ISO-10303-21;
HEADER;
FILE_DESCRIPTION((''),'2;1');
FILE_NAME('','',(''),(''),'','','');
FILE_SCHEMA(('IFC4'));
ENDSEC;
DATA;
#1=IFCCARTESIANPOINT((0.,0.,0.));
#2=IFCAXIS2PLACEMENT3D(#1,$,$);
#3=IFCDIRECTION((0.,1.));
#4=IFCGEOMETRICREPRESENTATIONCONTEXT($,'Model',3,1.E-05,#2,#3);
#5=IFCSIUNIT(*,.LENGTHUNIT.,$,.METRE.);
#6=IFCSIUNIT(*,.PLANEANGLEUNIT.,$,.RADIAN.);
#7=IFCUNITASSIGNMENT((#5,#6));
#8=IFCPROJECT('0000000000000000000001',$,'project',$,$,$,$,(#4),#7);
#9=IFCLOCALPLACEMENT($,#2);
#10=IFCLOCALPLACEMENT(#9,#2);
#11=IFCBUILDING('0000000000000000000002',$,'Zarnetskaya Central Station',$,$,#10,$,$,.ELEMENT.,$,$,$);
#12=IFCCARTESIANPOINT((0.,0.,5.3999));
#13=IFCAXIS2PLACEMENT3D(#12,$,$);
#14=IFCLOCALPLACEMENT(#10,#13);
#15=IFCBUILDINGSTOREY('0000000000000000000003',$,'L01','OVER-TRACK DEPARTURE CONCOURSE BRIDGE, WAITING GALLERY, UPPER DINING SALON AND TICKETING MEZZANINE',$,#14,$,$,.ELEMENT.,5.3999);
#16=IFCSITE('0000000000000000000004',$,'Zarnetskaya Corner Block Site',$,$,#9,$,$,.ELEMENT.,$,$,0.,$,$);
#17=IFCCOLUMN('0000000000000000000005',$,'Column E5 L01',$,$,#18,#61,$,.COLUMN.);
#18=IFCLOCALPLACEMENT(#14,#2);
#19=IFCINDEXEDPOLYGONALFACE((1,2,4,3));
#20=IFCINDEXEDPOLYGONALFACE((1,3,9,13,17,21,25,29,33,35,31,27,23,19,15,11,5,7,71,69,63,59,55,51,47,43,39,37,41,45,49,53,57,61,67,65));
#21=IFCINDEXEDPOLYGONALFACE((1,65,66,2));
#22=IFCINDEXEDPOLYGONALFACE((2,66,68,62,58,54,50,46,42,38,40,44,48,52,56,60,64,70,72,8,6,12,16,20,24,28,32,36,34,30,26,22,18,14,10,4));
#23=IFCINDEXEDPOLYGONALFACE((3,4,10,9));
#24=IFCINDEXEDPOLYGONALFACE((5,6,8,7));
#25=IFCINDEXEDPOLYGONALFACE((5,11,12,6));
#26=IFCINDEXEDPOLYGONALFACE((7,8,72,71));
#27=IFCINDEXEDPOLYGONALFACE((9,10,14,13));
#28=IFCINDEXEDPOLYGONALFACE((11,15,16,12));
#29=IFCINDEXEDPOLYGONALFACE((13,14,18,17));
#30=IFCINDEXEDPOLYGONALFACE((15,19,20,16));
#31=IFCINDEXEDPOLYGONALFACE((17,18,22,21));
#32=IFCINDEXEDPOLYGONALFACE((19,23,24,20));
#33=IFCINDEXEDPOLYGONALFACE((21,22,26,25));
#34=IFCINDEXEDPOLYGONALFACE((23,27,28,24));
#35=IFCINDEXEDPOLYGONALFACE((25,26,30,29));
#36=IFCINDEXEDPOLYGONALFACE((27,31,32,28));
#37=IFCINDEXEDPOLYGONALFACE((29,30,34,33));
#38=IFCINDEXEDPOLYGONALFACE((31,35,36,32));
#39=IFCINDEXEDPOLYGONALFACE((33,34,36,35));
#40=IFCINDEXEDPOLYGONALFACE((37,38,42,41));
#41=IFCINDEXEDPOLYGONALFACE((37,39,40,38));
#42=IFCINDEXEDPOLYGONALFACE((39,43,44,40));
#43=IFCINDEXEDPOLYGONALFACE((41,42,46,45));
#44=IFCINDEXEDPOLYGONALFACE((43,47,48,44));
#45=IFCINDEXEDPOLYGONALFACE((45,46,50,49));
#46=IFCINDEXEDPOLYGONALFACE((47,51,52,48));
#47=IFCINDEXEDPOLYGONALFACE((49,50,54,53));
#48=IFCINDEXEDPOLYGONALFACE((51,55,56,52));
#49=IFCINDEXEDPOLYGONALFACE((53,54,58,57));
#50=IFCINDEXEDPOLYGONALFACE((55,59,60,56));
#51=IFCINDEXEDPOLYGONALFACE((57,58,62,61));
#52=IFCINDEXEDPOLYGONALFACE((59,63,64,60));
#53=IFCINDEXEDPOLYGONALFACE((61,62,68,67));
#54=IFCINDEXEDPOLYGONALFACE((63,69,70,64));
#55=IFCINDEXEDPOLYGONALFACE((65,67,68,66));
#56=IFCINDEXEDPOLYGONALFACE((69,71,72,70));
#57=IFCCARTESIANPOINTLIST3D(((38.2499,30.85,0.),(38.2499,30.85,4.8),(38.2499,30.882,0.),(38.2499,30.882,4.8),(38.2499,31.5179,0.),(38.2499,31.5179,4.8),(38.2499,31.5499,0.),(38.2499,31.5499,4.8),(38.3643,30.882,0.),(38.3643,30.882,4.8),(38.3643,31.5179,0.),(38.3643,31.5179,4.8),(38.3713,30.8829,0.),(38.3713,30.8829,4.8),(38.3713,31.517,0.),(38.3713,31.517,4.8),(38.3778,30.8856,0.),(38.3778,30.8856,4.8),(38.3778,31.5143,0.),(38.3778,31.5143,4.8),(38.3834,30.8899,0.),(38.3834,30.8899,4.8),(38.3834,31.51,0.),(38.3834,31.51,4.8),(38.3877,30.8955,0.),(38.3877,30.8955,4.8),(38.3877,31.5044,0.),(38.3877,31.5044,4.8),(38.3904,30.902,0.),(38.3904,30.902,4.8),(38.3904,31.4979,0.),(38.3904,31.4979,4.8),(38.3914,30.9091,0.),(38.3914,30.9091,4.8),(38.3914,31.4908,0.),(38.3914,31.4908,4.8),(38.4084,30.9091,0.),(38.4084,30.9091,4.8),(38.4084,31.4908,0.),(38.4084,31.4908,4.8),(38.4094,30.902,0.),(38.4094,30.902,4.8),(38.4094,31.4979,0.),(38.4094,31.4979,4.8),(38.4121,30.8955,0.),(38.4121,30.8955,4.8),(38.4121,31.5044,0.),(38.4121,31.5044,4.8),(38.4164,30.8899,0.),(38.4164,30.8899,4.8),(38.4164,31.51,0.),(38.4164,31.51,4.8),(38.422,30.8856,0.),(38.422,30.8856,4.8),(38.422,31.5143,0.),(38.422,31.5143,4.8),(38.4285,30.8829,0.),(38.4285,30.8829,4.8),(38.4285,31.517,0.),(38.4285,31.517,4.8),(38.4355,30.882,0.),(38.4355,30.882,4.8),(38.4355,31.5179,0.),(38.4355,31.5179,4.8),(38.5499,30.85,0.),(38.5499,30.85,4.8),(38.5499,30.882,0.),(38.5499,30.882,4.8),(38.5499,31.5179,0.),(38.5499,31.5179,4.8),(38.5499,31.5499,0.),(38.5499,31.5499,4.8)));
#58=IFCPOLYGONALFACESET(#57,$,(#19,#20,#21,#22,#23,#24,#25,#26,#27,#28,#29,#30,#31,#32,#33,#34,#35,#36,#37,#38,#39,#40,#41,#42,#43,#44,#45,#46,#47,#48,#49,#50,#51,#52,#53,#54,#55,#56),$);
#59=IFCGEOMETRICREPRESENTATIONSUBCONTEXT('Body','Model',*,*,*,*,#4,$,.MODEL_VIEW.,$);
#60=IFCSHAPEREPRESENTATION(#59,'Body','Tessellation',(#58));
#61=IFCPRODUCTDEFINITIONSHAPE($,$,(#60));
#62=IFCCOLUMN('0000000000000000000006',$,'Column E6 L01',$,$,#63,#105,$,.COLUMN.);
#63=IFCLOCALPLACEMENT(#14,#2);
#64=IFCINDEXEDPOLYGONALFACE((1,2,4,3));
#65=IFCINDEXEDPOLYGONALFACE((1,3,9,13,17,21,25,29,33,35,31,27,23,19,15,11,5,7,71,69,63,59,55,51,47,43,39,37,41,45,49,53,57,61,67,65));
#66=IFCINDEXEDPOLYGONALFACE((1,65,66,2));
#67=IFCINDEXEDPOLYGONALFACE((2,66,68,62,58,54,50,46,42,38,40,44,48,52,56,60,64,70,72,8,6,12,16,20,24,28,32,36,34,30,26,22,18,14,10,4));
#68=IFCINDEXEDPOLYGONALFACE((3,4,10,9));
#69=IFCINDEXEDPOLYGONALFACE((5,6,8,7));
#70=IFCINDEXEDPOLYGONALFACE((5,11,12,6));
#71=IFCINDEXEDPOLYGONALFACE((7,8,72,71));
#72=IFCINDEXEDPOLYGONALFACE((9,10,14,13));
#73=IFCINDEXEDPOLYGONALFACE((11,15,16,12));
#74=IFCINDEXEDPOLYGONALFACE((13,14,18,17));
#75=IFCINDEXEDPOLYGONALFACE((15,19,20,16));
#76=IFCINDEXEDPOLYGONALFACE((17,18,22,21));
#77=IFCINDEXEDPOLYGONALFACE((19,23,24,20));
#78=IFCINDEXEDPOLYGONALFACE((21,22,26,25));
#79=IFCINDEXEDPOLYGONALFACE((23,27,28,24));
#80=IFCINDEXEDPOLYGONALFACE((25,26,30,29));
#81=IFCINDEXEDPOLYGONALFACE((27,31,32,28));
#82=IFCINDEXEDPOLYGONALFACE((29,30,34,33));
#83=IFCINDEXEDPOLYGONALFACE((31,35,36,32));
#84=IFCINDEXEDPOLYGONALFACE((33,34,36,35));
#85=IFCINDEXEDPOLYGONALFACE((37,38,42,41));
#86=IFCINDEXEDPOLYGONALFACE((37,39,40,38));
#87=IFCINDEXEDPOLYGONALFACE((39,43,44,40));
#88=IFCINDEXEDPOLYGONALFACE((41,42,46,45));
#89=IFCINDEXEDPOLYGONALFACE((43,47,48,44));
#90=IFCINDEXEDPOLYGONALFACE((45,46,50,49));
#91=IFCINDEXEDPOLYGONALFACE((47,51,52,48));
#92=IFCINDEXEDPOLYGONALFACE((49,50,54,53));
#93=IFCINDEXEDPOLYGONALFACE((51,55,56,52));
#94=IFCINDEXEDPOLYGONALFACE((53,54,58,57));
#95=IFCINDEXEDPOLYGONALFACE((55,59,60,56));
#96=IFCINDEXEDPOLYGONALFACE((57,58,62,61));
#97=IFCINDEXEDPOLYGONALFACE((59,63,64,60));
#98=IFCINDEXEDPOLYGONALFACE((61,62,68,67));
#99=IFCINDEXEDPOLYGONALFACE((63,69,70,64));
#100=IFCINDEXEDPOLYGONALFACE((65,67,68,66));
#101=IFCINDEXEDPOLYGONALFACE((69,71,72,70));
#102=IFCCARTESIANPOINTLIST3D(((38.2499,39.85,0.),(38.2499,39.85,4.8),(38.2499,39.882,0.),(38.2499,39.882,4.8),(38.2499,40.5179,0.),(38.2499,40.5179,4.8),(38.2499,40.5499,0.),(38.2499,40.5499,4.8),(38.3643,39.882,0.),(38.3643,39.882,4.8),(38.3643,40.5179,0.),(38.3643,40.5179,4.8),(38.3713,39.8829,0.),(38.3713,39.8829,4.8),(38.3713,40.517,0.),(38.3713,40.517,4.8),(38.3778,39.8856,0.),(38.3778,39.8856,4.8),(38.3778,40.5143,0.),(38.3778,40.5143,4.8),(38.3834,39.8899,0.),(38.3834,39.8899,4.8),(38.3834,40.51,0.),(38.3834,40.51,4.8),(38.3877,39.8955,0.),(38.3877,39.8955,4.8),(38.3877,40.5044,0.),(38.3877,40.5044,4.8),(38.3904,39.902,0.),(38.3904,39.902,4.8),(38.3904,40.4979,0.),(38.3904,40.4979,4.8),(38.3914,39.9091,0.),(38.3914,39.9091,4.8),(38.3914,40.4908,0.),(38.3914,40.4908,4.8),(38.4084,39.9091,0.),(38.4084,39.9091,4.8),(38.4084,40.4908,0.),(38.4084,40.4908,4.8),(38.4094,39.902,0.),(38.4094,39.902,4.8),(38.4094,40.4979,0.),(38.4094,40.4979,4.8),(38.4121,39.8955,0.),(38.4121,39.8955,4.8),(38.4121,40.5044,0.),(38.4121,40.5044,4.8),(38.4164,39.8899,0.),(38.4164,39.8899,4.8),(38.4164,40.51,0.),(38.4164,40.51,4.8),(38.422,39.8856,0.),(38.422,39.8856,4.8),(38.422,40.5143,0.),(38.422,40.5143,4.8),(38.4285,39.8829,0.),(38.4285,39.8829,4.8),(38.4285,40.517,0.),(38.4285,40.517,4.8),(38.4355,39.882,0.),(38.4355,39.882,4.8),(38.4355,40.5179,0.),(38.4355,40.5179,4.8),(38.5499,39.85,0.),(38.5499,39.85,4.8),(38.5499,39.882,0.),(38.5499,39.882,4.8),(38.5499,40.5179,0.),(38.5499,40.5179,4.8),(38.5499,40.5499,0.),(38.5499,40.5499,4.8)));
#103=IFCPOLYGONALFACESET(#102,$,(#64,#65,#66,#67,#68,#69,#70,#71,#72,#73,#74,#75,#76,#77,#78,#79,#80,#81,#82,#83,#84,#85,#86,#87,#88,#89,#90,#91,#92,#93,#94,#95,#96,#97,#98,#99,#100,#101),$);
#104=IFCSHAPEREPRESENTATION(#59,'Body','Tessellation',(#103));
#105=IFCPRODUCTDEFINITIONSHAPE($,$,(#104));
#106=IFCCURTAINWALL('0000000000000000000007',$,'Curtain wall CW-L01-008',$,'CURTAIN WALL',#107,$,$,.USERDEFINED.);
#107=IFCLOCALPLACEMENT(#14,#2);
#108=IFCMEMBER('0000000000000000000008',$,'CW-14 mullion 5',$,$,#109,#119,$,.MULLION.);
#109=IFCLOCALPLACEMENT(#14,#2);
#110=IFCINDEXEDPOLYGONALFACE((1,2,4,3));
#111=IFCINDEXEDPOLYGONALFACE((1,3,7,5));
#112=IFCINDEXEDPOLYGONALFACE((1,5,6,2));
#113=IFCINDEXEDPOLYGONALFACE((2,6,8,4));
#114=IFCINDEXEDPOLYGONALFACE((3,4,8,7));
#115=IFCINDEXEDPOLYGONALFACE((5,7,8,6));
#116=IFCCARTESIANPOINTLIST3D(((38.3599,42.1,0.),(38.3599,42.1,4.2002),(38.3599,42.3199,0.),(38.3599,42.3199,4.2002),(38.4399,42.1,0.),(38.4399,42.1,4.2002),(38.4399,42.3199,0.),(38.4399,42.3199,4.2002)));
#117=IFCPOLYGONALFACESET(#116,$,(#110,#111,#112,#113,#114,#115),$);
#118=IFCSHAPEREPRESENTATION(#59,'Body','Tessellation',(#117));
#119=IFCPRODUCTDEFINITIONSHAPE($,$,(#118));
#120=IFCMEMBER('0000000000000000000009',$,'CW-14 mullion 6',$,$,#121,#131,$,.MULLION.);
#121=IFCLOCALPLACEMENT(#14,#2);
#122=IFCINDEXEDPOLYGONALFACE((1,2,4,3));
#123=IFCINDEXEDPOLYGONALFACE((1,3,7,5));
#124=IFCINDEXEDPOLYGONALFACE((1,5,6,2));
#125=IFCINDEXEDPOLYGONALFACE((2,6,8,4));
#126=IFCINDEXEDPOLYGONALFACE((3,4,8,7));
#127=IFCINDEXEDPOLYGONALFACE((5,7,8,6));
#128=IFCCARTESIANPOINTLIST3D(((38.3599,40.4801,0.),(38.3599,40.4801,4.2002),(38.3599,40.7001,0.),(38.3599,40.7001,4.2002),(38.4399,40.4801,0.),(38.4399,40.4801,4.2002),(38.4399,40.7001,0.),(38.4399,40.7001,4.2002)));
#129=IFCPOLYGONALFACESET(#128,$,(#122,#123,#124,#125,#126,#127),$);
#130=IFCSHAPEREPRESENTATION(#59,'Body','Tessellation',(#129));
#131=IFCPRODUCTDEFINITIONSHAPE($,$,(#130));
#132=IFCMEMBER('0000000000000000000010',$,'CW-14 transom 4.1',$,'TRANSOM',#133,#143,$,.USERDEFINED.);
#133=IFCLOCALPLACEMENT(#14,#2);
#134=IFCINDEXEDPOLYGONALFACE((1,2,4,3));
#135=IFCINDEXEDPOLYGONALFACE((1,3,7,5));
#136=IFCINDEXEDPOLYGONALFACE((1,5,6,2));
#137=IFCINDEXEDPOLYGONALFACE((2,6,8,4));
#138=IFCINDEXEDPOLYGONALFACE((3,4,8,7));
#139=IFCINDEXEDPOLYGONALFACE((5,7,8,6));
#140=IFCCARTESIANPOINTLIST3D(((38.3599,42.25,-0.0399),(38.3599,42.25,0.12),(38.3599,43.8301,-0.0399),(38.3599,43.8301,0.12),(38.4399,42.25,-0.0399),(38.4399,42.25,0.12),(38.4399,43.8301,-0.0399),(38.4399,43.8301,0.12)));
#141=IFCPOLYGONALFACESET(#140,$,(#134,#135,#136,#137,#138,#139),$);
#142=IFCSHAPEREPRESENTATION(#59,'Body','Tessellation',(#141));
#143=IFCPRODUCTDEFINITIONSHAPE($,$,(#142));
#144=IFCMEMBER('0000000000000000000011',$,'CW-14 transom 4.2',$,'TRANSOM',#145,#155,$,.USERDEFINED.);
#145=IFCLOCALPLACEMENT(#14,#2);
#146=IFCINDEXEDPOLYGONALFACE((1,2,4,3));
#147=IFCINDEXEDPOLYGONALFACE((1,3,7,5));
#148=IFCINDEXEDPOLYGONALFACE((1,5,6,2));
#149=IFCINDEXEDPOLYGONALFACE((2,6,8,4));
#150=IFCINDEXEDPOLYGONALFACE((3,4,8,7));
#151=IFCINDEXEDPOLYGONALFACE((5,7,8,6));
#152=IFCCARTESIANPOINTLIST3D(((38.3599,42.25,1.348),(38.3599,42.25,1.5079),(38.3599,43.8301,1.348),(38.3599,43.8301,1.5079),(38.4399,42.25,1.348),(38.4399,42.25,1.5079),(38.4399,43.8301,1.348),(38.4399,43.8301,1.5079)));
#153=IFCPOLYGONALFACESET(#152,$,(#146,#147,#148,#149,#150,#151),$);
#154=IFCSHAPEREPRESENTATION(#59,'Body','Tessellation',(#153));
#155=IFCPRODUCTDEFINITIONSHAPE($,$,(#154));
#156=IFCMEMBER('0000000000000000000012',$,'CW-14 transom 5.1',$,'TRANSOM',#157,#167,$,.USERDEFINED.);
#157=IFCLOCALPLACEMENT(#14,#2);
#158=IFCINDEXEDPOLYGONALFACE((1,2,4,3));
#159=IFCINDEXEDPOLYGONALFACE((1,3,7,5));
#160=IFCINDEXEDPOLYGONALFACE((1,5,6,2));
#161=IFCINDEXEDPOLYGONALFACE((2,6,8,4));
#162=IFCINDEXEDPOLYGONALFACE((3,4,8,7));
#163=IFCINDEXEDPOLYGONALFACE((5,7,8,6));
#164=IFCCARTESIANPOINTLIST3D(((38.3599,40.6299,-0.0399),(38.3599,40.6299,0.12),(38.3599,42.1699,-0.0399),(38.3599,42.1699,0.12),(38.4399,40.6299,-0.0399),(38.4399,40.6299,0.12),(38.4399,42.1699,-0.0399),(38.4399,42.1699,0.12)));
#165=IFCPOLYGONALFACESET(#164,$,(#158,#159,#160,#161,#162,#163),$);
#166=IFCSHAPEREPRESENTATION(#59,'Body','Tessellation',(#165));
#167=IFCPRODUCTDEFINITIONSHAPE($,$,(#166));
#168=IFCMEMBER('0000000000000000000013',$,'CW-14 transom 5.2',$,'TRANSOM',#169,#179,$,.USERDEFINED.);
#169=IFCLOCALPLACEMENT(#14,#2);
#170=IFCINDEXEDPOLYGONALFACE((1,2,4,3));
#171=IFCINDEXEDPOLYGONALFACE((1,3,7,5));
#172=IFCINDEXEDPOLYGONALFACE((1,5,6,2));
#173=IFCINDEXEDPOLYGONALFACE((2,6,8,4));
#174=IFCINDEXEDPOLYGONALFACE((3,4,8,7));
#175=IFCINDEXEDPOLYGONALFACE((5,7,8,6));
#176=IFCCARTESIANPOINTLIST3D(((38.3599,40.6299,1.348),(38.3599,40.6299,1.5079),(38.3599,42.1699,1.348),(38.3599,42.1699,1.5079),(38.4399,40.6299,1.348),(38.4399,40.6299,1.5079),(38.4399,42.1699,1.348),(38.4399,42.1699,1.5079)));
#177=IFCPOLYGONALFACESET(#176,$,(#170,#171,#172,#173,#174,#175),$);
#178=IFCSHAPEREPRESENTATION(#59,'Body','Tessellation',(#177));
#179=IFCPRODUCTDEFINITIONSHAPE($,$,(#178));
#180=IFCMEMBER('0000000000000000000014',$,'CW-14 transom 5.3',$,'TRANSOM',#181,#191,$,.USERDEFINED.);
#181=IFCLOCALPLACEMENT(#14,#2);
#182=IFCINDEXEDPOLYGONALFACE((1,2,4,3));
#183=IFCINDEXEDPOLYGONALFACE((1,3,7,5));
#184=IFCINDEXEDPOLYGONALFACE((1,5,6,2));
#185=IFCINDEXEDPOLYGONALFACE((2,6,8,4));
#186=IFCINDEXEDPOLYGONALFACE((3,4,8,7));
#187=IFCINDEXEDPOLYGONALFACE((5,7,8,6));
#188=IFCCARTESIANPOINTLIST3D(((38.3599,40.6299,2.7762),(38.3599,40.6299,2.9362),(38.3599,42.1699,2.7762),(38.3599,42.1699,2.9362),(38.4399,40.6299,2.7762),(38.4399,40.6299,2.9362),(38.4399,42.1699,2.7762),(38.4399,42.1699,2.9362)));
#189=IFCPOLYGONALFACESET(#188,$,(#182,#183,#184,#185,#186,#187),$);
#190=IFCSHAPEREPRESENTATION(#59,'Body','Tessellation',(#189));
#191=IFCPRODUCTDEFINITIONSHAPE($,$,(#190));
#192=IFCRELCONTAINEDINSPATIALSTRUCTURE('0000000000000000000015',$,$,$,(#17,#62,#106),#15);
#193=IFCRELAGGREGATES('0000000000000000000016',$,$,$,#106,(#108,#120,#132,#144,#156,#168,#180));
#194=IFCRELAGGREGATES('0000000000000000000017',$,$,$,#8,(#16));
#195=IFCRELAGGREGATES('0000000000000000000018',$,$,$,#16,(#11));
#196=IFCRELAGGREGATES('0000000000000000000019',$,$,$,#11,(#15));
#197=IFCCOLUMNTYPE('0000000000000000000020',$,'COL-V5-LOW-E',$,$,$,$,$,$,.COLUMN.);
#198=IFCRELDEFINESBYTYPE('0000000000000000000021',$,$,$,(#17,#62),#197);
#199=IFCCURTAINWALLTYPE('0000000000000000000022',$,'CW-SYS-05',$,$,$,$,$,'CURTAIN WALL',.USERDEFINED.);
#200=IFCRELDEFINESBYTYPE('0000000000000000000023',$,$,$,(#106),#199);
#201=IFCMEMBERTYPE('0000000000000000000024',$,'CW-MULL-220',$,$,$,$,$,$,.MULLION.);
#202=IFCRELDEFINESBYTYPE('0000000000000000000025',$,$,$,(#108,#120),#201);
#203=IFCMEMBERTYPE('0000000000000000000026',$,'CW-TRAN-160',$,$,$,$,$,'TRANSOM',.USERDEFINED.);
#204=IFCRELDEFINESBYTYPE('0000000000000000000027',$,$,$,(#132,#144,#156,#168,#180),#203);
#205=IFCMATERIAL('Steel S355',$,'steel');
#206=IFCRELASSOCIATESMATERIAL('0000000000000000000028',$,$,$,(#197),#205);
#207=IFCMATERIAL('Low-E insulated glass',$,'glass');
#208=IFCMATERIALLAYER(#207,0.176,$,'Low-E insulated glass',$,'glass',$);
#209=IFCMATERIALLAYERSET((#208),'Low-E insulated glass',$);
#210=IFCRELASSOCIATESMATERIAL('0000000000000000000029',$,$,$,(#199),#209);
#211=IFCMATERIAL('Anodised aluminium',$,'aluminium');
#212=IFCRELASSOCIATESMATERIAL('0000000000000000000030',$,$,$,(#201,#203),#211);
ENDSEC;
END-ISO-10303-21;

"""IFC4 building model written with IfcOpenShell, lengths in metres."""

from ifc_helpers import new_model, si_unit, direction, frame, origin, origin_2d, place, context, subcontext, project, spatial, rectangle, i_section, extrude, material, layer, layer_set, material_profile, profile_set, type_object, element, aggregate, save


model = new_model("IFC4")

# Units and contexts
model_context = context("Model", 3, precision=1e-05, world=origin(), true_north=direction((0.0, 1.0)))
body_context = subcontext(model_context, "Body", "Model", "MODEL_VIEW")
ifc_project = project(units=[si_unit("LENGTHUNIT", "METRE"), si_unit("PLANEANGLEUNIT", "RADIAN")], contexts=[model_context])

# Site, building, storey
site_placement = place(None, origin())
site = spatial("IfcSite", under=ifc_project, at=site_placement, Name="Zarnetskaya Corner Block Site", CompositionType="ELEMENT", RefElevation=0.0)
building_placement = place(site_placement, origin())
building = spatial("IfcBuilding", under=site, at=building_placement, Name="Zarnetskaya Central Station", CompositionType="ELEMENT")
storey_placement = place(building_placement, frame((0.0, 0.0, 5.3999)))
storey = spatial("IfcBuildingStorey", under=building, at=storey_placement, Name="L01", Description="OVER-TRACK DEPARTURE CONCOURSE BRIDGE, WAITING GALLERY, UPPER DINING SALON AND TICKETING MEZZANINE", CompositionType="ELEMENT", Elevation=5.3999)

# Columns
ifc_material_1 = material(Name="Steel S355", Category="steel")
ifc_material_profile_1 = material_profile(ifc_material_1, i_section(OverallWidth=0.3, OverallDepth=0.7, WebThickness=0.0171, FlangeThickness=0.032, FilletRadius=0.0271, at=origin_2d()), Name="HEB 700")
ifc_profile_set_1 = profile_set([ifc_material_profile_1], Name="Steel S355")
column_type = type_object("IfcColumnType", Name="COL-V5-LOW-E", PredefinedType="COLUMN", material=ifc_profile_set_1)
for number, where, z_axis, x_axis, name in (
    (1, (38.3999, 31.2, 0.0), (0.0, 0.0, 1.0), (1.0, 0.0, 0.0), "Column E5 L01"),
    (2, (38.3999, 40.2, 0.0), (0.0, 0.0, 1.0), (1.0, 0.0, 0.0), "Column E6 L01"),
):
    element("IfcColumn", number, at=place(storey_placement, frame(where, z_axis=z_axis, x_axis=x_axis)), inside=storey, type_object=column_type, Name=name, PredefinedType="COLUMN", context=body_context, shape_type="SweptSolid", body=[
        extrude(i_section(OverallWidth=0.3, OverallDepth=0.7, WebThickness=0.0171, FlangeThickness=0.032, FilletRadius=0.0271, at=origin_2d()), origin(), (0.0, 0.0, 1.0), 4.8),
    ])

# Curtain wall, members
ifc_material_2 = material(Name="Low-E insulated glass", Category="glass")
ifc_layer_1 = layer(ifc_material_2, 0.176, Name="Low-E insulated glass", Category="glass")
ifc_layer_set_1 = layer_set([ifc_layer_1], Name="Low-E insulated glass")
curtain_wall_type = type_object("IfcCurtainWallType", Name="CW-SYS-05", ElementType="CURTAIN WALL", PredefinedType="USERDEFINED", material=ifc_layer_set_1)
curtain_wall_placement = place(storey_placement, origin())
curtain_wall = element("IfcCurtainWall", 3, at=curtain_wall_placement, inside=storey, type_object=curtain_wall_type, Name="Curtain wall CW-L01-008", ObjectType="CURTAIN WALL", PredefinedType="USERDEFINED")
ifc_material_3 = material(Name="Anodised aluminium", Category="aluminium")
ifc_material_profile_2 = material_profile(ifc_material_3, rectangle(XDim=0.0801, YDim=0.22, at=origin_2d()), Name="ALU MULL 80x220")
ifc_profile_set_2 = profile_set([ifc_material_profile_2], Name="Anodised aluminium")
member_type_1 = type_object("IfcMemberType", Name="CW-MULL-220", PredefinedType="MULLION", material=ifc_profile_set_2)
member_1_placement = place(storey_placement, frame((38.3999, 42.21, 0.0), z_axis=(0.0, 0.0, 1.0), x_axis=(1.0, 0.0, 0.0)))
member_1 = element("IfcMember", 4, at=member_1_placement, type_object=member_type_1, Name="CW-14 mullion 5", PredefinedType="MULLION", context=body_context, shape_type="SweptSolid", body=[
    extrude(rectangle(XDim=0.0801, YDim=0.22, at=origin_2d()), origin(), (0.0, 0.0, 1.0), 4.2002),
])
member_2_placement = place(storey_placement, frame((38.3999, 40.5901, 0.0), z_axis=(0.0, 0.0, 1.0), x_axis=(1.0, 0.0, 0.0)))
member_2 = element("IfcMember", 5, at=member_2_placement, type_object=member_type_1, Name="CW-14 mullion 6", PredefinedType="MULLION", context=body_context, shape_type="SweptSolid", body=[
    extrude(rectangle(XDim=0.0801, YDim=0.22, at=origin_2d()), origin(), (0.0, 0.0, 1.0), 4.2002),
])
ifc_material_profile_3 = material_profile(ifc_material_3, rectangle(XDim=0.0801, YDim=0.1599, at=origin_2d()), Name="ALU TRAN 80x160")
ifc_profile_set_3 = profile_set([ifc_material_profile_3], Name="Anodised aluminium")
member_type_2 = type_object("IfcMemberType", Name="CW-TRAN-160", ElementType="TRANSOM", PredefinedType="USERDEFINED", material=ifc_profile_set_3)
member_3_placement = place(storey_placement, frame((38.3999, 43.8301, 0.04), z_axis=(0.0, -1.0, 0.0), x_axis=(1.0, 0.0, 0.0)))
member_3 = element("IfcMember", 6, at=member_3_placement, type_object=member_type_2, Name="CW-14 transom 4.1", ObjectType="TRANSOM", PredefinedType="USERDEFINED", context=body_context, shape_type="SweptSolid", body=[
    extrude(rectangle(XDim=0.0801, YDim=0.1599, at=origin_2d()), origin(), (0.0, 0.0, 1.0), 1.5801),
])
member_4_placement = place(storey_placement, frame((38.3999, 43.8301, 1.428), z_axis=(0.0, -1.0, 0.0), x_axis=(1.0, 0.0, 0.0)))
member_4 = element("IfcMember", 7, at=member_4_placement, type_object=member_type_2, Name="CW-14 transom 4.2", ObjectType="TRANSOM", PredefinedType="USERDEFINED", context=body_context, shape_type="SweptSolid", body=[
    extrude(rectangle(XDim=0.0801, YDim=0.1599, at=origin_2d()), origin(), (0.0, 0.0, 1.0), 1.5801),
])
member_5_placement = place(storey_placement, frame((38.3999, 42.1699, 0.04), z_axis=(0.0, -1.0, 0.0), x_axis=(1.0, 0.0, 0.0)))
member_5 = element("IfcMember", 8, at=member_5_placement, type_object=member_type_2, Name="CW-14 transom 5.1", ObjectType="TRANSOM", PredefinedType="USERDEFINED", context=body_context, shape_type="SweptSolid", body=[
    extrude(rectangle(XDim=0.0801, YDim=0.1599, at=origin_2d()), origin(), (0.0, 0.0, 1.0), 1.54),
])
member_6_placement = place(storey_placement, frame((38.3999, 42.1699, 1.428), z_axis=(0.0, -1.0, 0.0), x_axis=(1.0, 0.0, 0.0)))
member_6 = element("IfcMember", 9, at=member_6_placement, type_object=member_type_2, Name="CW-14 transom 5.2", ObjectType="TRANSOM", PredefinedType="USERDEFINED", context=body_context, shape_type="SweptSolid", body=[
    extrude(rectangle(XDim=0.0801, YDim=0.1599, at=origin_2d()), origin(), (0.0, 0.0, 1.0), 1.54),
])
member_7_placement = place(storey_placement, frame((38.3999, 42.1699, 2.8562), z_axis=(0.0, -1.0, 0.0), x_axis=(1.0, 0.0, 0.0)))
member_7 = element("IfcMember", 10, at=member_7_placement, type_object=member_type_2, Name="CW-14 transom 5.3", ObjectType="TRANSOM", PredefinedType="USERDEFINED", context=body_context, shape_type="SweptSolid", body=[
    extrude(rectangle(XDim=0.0801, YDim=0.1599, at=origin_2d()), origin(), (0.0, 0.0, 1.0), 1.54),
])

aggregate(curtain_wall, [member_1, member_2, member_3, member_4, member_5, member_6, member_7])

save(model, "model.ifc")
